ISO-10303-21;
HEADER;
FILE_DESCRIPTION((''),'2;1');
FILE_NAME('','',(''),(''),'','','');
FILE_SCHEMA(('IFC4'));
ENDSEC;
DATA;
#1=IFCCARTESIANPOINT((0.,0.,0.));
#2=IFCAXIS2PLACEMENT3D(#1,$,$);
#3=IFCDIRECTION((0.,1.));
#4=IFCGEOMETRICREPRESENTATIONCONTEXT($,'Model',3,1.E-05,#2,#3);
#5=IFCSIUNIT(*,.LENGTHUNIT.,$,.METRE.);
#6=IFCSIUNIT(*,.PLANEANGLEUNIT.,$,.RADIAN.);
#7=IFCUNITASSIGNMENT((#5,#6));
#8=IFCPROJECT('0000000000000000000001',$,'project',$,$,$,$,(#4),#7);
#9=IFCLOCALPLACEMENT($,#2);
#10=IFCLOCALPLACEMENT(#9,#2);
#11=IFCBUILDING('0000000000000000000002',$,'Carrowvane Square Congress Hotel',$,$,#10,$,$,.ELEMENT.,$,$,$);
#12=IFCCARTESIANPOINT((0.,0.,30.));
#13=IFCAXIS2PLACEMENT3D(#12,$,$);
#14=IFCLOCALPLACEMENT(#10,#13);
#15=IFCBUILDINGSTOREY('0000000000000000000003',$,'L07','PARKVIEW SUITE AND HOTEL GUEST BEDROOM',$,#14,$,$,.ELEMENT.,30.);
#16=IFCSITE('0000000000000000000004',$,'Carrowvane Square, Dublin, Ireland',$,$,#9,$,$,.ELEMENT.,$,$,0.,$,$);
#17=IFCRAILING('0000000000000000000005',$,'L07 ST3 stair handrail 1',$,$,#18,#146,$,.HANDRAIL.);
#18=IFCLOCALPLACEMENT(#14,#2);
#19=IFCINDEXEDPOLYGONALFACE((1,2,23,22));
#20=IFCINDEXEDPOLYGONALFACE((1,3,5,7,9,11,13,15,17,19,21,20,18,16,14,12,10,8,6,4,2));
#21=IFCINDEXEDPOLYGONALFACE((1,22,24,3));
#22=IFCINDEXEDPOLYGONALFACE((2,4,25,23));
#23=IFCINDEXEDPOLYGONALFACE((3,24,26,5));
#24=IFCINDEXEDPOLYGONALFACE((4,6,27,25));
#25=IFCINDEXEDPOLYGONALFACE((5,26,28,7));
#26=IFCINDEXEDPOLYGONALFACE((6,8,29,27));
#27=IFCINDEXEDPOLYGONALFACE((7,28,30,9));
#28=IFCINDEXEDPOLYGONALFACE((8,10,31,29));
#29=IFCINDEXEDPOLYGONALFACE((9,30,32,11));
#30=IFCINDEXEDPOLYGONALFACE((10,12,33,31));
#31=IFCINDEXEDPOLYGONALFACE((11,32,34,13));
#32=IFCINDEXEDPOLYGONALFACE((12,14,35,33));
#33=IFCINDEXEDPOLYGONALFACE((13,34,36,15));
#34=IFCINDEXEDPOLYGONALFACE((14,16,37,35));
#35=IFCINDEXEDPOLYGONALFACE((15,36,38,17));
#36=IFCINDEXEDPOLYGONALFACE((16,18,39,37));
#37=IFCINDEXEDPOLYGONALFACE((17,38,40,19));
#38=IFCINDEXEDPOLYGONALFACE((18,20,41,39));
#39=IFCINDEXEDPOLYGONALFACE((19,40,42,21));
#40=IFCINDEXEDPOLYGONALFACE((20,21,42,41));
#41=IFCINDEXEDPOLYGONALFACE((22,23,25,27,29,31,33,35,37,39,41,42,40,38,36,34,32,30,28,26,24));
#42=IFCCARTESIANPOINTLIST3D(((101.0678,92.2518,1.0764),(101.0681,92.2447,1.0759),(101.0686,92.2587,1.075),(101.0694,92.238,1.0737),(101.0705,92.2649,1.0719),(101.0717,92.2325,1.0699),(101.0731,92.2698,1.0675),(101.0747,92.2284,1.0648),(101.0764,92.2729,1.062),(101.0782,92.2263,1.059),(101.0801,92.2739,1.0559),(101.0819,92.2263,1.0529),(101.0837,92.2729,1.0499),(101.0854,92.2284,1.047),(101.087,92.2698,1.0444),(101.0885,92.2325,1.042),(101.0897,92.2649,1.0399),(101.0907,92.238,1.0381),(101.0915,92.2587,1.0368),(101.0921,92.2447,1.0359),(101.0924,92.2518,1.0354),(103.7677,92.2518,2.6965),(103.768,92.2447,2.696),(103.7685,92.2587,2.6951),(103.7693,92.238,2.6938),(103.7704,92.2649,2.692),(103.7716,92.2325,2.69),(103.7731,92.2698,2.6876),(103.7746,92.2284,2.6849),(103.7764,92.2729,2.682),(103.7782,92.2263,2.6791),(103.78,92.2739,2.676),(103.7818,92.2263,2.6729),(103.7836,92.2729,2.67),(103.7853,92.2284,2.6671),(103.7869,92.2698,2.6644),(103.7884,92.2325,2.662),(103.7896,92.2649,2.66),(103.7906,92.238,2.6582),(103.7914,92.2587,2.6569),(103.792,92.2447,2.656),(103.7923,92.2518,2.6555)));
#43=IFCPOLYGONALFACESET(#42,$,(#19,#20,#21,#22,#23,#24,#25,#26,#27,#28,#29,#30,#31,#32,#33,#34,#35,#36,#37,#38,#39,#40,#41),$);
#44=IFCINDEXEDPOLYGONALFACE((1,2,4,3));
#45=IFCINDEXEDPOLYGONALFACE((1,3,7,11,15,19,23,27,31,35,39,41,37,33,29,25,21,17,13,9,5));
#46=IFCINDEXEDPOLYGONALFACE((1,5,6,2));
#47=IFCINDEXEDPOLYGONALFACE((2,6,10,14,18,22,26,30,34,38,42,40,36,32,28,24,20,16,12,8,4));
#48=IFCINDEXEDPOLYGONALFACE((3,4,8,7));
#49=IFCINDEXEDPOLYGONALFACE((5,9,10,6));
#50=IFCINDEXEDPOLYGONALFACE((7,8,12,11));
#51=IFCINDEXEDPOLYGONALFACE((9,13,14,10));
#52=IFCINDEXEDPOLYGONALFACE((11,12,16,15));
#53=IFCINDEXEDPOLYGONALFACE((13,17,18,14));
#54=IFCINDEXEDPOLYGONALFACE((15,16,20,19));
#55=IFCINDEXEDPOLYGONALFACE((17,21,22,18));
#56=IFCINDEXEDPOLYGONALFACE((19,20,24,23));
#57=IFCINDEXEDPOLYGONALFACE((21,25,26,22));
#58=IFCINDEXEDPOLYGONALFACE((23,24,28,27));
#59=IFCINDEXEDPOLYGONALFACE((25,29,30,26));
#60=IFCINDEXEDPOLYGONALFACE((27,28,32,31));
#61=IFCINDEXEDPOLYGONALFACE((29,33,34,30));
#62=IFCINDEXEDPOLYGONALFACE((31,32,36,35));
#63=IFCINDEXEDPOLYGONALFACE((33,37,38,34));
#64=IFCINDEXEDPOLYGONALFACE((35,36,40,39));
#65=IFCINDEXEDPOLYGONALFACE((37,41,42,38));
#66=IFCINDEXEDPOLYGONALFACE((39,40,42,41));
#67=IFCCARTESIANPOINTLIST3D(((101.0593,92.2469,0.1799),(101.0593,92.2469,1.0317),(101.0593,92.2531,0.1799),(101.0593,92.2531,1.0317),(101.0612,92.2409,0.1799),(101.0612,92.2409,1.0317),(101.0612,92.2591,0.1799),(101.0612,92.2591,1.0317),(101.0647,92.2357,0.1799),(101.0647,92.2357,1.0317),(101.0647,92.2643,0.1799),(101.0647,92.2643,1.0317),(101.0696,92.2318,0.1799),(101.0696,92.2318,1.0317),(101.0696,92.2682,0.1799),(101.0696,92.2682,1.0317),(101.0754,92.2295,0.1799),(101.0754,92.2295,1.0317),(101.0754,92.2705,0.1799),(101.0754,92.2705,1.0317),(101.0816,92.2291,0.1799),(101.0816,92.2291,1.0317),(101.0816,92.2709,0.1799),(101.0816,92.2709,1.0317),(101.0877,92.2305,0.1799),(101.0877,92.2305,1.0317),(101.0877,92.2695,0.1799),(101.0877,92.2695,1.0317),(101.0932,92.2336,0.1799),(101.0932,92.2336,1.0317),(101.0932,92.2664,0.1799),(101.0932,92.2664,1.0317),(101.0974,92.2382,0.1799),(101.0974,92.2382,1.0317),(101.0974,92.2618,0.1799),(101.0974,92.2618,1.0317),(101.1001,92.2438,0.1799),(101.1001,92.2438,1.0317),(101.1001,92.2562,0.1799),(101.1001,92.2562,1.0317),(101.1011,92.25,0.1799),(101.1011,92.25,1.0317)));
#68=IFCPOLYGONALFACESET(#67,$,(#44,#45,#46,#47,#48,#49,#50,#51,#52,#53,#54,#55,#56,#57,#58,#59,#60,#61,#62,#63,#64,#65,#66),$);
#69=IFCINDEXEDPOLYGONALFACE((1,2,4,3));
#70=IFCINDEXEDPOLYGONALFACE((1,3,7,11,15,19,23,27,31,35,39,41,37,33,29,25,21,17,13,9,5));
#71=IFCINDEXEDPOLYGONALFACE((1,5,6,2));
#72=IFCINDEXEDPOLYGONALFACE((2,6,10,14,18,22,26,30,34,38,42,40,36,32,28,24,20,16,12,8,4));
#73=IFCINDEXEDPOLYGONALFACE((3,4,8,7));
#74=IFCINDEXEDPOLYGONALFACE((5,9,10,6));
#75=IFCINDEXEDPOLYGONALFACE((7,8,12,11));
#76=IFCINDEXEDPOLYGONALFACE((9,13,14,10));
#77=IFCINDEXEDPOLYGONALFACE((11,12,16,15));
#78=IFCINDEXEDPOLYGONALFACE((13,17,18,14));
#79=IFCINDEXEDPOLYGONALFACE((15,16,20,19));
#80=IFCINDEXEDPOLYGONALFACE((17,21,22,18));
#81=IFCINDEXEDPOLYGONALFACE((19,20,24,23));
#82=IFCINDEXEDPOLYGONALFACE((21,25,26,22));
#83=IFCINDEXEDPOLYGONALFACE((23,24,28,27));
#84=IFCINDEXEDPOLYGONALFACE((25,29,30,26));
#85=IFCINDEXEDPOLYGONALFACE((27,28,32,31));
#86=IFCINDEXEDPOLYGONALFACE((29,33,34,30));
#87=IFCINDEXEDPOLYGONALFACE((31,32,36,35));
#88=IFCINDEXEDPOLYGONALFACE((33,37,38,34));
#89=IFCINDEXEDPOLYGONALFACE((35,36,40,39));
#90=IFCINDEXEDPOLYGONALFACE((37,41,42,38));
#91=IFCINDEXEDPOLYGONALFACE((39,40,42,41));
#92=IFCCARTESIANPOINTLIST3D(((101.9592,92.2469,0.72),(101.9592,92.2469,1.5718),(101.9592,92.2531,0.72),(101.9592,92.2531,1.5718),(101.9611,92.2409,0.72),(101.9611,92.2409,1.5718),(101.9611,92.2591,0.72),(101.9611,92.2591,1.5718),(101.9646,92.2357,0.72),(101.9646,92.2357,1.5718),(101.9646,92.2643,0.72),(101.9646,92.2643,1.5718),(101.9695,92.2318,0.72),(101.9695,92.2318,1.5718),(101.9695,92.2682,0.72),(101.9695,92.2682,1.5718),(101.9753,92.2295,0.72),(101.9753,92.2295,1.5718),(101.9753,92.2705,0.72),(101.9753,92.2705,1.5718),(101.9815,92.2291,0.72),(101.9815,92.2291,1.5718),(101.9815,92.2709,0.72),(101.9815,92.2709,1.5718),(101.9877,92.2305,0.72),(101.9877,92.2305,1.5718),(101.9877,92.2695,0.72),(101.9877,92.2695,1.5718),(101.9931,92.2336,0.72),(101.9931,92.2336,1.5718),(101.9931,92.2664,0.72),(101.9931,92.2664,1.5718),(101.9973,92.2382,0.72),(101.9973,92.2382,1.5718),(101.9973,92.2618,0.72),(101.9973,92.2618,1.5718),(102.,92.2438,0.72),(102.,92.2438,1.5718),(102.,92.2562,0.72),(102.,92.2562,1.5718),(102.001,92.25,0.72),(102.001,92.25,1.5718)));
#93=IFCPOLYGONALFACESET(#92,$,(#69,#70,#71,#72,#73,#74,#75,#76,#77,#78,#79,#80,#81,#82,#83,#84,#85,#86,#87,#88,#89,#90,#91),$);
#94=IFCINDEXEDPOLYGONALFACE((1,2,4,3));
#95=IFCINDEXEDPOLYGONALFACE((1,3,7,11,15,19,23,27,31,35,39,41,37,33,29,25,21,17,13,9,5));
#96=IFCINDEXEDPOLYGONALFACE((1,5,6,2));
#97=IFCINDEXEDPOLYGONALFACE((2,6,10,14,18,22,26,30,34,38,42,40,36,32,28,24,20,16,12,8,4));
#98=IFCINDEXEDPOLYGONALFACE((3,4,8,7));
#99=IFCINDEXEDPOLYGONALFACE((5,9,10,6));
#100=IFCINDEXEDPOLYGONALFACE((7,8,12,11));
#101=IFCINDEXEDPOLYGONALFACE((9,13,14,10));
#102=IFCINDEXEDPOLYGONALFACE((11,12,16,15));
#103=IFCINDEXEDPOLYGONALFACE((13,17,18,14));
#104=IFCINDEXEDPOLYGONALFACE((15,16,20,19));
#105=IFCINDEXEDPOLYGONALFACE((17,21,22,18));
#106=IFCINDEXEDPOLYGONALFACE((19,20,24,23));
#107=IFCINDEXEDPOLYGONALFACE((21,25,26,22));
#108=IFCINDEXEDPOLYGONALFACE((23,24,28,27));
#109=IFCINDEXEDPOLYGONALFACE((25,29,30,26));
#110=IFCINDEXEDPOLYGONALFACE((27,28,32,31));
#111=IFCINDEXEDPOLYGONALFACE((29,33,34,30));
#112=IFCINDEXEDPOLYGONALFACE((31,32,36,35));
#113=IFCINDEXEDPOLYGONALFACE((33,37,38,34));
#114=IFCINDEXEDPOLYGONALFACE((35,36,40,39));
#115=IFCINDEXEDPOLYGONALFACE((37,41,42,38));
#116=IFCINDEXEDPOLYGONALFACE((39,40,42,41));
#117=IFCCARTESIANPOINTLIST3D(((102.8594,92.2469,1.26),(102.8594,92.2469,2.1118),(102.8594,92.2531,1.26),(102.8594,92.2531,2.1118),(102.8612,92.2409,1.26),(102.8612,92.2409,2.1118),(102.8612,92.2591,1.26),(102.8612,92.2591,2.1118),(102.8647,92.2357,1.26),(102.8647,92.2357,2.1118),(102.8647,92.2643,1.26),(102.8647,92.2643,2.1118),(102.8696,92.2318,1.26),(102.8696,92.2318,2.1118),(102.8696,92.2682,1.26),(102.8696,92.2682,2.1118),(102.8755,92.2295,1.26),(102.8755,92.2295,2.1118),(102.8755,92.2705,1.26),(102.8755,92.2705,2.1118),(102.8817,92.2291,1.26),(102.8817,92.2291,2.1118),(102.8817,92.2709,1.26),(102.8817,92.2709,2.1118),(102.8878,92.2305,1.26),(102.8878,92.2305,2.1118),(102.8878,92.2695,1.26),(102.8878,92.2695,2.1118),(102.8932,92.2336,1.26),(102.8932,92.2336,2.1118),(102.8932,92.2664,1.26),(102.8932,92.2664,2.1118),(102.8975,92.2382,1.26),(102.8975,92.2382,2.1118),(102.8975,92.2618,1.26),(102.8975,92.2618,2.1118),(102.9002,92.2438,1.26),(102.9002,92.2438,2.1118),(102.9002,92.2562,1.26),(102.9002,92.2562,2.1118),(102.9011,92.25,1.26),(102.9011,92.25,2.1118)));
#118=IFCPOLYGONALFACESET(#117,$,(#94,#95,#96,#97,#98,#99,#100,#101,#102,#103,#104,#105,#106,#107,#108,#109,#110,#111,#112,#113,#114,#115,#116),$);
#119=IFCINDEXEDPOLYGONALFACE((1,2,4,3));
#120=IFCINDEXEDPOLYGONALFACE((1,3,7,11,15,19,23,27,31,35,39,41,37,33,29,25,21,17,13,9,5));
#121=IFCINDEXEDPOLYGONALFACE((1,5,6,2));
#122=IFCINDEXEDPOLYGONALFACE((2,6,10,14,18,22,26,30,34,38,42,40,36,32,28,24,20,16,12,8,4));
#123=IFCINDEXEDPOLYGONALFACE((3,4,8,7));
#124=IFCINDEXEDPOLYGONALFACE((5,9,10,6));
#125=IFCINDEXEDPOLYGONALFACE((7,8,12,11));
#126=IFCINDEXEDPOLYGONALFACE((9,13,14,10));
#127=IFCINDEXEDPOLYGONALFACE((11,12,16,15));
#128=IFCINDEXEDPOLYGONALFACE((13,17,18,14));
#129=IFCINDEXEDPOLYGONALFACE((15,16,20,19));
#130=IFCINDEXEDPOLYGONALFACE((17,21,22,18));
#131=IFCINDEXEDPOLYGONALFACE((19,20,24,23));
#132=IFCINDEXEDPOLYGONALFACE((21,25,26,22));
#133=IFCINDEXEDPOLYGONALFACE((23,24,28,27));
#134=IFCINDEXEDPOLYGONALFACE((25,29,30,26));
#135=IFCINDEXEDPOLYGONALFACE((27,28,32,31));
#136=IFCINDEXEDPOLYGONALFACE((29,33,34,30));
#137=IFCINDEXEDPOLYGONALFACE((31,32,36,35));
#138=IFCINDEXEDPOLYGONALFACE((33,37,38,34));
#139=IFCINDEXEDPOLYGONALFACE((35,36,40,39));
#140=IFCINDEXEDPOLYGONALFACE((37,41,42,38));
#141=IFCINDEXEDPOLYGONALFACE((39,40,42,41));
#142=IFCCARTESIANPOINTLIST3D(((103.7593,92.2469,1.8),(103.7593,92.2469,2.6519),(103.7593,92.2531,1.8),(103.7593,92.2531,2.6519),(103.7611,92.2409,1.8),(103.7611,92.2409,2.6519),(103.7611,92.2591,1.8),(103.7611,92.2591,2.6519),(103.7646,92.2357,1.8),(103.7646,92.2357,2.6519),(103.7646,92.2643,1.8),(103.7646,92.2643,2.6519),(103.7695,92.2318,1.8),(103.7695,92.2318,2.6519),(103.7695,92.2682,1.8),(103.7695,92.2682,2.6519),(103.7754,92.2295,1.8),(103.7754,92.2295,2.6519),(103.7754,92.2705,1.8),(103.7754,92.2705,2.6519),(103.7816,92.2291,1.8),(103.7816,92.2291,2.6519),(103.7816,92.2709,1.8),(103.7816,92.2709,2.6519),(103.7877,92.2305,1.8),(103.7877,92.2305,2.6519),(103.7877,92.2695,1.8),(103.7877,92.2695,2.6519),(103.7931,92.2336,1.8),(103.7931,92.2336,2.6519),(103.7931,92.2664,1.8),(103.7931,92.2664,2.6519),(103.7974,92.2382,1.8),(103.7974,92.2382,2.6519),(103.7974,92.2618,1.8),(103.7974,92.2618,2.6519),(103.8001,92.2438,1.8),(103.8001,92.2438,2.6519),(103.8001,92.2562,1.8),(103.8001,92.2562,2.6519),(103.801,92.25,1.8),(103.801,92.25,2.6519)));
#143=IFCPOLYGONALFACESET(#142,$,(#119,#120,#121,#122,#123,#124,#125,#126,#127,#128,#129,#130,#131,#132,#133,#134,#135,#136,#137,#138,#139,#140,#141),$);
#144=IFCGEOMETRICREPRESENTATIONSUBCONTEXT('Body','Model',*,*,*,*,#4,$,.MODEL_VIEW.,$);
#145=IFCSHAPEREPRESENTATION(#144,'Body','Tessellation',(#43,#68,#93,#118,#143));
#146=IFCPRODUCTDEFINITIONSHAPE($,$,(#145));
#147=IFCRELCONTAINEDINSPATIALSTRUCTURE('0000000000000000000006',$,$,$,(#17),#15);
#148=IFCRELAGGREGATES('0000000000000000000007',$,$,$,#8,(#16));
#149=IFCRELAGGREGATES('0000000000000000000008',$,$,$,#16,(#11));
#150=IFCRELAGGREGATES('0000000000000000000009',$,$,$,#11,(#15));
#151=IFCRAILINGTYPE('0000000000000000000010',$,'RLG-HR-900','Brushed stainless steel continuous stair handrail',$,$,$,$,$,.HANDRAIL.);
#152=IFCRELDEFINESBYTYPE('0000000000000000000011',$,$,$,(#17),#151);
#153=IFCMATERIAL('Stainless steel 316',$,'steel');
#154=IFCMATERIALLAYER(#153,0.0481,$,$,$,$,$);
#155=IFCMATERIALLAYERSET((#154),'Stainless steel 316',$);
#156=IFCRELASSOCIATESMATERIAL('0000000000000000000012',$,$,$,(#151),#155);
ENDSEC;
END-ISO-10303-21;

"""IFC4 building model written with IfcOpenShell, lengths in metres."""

from ifc_helpers import new_model, si_unit, direction, frame, origin, origin_2d, place, context, subcontext, project, spatial, circle, extrude, material, layer, layer_set, type_object, element, save


model = new_model("IFC4")

# Units and contexts
model_context = context("Model", 3, precision=1e-05, world=origin(), true_north=direction((0.0, 1.0)))
body_context = subcontext(model_context, "Body", "Model", "MODEL_VIEW")
ifc_project = project(units=[si_unit("LENGTHUNIT", "METRE"), si_unit("PLANEANGLEUNIT", "RADIAN")], contexts=[model_context])

# Site, building, storey
site_placement = place(None, origin())
site = spatial("IfcSite", under=ifc_project, at=site_placement, Name="Carrowvane Square, Dublin, Ireland", CompositionType="ELEMENT", RefElevation=0.0)
building_placement = place(site_placement, origin())
building = spatial("IfcBuilding", under=site, at=building_placement, Name="Carrowvane Square Congress Hotel", CompositionType="ELEMENT")
storey_placement = place(building_placement, frame((0.0, 0.0, 30.0)))
storey = spatial("IfcBuildingStorey", under=building, at=storey_placement, Name="L07", Description="PARKVIEW SUITE AND HOTEL GUEST BEDROOM", CompositionType="ELEMENT", Elevation=30.0)

# Railing
ifc_material_1 = material(Name="Stainless steel 316", Category="steel")
ifc_layer_1 = layer(ifc_material_1, 0.0481)
ifc_layer_set_1 = layer_set([ifc_layer_1], Name="Stainless steel 316")
railing_type_1 = type_object("IfcRailingType", Name="RLG-HR-900", Description="Brushed stainless steel continuous stair handrail", PredefinedType="HANDRAIL", material=ifc_layer_set_1)
railing_1_placement = place(storey_placement, frame((101.0801, 92.25, 0.1799)))
element("IfcRailing", 1, at=railing_1_placement, inside=storey, type_object=railing_type_1, Name="L07 ST3 stair handrail 1", PredefinedType="HANDRAIL", context=body_context, shape_type="SweptSolid", body=[
    extrude(circle(Radius=0.0239, at=origin_2d()), frame((0.0, 0.0, 0.876), z_axis=(0.857472, 0.0, 0.51453), x_axis=(0.0, 1.0, 0.0)), (0.0, 0.0, 1.0), 3.1487),
    extrude(circle(Radius=0.021, at=origin_2d()), origin(), (0.0, 0.0, 1.0), 0.8518),
    extrude(circle(Radius=0.021, at=origin_2d()), frame((0.8999, 0.0, 0.54)), (0.0, 0.0, 1.0), 0.8518),
    extrude(circle(Radius=0.021, at=origin_2d()), frame((1.8, 0.0, 1.0801)), (0.0, 0.0, 1.0), 0.8518),
    extrude(circle(Radius=0.021, at=origin_2d()), frame((2.7, 0.0, 1.6201)), (0.0, 0.0, 1.0), 0.8518),
])

save(model, "model.ifc")
